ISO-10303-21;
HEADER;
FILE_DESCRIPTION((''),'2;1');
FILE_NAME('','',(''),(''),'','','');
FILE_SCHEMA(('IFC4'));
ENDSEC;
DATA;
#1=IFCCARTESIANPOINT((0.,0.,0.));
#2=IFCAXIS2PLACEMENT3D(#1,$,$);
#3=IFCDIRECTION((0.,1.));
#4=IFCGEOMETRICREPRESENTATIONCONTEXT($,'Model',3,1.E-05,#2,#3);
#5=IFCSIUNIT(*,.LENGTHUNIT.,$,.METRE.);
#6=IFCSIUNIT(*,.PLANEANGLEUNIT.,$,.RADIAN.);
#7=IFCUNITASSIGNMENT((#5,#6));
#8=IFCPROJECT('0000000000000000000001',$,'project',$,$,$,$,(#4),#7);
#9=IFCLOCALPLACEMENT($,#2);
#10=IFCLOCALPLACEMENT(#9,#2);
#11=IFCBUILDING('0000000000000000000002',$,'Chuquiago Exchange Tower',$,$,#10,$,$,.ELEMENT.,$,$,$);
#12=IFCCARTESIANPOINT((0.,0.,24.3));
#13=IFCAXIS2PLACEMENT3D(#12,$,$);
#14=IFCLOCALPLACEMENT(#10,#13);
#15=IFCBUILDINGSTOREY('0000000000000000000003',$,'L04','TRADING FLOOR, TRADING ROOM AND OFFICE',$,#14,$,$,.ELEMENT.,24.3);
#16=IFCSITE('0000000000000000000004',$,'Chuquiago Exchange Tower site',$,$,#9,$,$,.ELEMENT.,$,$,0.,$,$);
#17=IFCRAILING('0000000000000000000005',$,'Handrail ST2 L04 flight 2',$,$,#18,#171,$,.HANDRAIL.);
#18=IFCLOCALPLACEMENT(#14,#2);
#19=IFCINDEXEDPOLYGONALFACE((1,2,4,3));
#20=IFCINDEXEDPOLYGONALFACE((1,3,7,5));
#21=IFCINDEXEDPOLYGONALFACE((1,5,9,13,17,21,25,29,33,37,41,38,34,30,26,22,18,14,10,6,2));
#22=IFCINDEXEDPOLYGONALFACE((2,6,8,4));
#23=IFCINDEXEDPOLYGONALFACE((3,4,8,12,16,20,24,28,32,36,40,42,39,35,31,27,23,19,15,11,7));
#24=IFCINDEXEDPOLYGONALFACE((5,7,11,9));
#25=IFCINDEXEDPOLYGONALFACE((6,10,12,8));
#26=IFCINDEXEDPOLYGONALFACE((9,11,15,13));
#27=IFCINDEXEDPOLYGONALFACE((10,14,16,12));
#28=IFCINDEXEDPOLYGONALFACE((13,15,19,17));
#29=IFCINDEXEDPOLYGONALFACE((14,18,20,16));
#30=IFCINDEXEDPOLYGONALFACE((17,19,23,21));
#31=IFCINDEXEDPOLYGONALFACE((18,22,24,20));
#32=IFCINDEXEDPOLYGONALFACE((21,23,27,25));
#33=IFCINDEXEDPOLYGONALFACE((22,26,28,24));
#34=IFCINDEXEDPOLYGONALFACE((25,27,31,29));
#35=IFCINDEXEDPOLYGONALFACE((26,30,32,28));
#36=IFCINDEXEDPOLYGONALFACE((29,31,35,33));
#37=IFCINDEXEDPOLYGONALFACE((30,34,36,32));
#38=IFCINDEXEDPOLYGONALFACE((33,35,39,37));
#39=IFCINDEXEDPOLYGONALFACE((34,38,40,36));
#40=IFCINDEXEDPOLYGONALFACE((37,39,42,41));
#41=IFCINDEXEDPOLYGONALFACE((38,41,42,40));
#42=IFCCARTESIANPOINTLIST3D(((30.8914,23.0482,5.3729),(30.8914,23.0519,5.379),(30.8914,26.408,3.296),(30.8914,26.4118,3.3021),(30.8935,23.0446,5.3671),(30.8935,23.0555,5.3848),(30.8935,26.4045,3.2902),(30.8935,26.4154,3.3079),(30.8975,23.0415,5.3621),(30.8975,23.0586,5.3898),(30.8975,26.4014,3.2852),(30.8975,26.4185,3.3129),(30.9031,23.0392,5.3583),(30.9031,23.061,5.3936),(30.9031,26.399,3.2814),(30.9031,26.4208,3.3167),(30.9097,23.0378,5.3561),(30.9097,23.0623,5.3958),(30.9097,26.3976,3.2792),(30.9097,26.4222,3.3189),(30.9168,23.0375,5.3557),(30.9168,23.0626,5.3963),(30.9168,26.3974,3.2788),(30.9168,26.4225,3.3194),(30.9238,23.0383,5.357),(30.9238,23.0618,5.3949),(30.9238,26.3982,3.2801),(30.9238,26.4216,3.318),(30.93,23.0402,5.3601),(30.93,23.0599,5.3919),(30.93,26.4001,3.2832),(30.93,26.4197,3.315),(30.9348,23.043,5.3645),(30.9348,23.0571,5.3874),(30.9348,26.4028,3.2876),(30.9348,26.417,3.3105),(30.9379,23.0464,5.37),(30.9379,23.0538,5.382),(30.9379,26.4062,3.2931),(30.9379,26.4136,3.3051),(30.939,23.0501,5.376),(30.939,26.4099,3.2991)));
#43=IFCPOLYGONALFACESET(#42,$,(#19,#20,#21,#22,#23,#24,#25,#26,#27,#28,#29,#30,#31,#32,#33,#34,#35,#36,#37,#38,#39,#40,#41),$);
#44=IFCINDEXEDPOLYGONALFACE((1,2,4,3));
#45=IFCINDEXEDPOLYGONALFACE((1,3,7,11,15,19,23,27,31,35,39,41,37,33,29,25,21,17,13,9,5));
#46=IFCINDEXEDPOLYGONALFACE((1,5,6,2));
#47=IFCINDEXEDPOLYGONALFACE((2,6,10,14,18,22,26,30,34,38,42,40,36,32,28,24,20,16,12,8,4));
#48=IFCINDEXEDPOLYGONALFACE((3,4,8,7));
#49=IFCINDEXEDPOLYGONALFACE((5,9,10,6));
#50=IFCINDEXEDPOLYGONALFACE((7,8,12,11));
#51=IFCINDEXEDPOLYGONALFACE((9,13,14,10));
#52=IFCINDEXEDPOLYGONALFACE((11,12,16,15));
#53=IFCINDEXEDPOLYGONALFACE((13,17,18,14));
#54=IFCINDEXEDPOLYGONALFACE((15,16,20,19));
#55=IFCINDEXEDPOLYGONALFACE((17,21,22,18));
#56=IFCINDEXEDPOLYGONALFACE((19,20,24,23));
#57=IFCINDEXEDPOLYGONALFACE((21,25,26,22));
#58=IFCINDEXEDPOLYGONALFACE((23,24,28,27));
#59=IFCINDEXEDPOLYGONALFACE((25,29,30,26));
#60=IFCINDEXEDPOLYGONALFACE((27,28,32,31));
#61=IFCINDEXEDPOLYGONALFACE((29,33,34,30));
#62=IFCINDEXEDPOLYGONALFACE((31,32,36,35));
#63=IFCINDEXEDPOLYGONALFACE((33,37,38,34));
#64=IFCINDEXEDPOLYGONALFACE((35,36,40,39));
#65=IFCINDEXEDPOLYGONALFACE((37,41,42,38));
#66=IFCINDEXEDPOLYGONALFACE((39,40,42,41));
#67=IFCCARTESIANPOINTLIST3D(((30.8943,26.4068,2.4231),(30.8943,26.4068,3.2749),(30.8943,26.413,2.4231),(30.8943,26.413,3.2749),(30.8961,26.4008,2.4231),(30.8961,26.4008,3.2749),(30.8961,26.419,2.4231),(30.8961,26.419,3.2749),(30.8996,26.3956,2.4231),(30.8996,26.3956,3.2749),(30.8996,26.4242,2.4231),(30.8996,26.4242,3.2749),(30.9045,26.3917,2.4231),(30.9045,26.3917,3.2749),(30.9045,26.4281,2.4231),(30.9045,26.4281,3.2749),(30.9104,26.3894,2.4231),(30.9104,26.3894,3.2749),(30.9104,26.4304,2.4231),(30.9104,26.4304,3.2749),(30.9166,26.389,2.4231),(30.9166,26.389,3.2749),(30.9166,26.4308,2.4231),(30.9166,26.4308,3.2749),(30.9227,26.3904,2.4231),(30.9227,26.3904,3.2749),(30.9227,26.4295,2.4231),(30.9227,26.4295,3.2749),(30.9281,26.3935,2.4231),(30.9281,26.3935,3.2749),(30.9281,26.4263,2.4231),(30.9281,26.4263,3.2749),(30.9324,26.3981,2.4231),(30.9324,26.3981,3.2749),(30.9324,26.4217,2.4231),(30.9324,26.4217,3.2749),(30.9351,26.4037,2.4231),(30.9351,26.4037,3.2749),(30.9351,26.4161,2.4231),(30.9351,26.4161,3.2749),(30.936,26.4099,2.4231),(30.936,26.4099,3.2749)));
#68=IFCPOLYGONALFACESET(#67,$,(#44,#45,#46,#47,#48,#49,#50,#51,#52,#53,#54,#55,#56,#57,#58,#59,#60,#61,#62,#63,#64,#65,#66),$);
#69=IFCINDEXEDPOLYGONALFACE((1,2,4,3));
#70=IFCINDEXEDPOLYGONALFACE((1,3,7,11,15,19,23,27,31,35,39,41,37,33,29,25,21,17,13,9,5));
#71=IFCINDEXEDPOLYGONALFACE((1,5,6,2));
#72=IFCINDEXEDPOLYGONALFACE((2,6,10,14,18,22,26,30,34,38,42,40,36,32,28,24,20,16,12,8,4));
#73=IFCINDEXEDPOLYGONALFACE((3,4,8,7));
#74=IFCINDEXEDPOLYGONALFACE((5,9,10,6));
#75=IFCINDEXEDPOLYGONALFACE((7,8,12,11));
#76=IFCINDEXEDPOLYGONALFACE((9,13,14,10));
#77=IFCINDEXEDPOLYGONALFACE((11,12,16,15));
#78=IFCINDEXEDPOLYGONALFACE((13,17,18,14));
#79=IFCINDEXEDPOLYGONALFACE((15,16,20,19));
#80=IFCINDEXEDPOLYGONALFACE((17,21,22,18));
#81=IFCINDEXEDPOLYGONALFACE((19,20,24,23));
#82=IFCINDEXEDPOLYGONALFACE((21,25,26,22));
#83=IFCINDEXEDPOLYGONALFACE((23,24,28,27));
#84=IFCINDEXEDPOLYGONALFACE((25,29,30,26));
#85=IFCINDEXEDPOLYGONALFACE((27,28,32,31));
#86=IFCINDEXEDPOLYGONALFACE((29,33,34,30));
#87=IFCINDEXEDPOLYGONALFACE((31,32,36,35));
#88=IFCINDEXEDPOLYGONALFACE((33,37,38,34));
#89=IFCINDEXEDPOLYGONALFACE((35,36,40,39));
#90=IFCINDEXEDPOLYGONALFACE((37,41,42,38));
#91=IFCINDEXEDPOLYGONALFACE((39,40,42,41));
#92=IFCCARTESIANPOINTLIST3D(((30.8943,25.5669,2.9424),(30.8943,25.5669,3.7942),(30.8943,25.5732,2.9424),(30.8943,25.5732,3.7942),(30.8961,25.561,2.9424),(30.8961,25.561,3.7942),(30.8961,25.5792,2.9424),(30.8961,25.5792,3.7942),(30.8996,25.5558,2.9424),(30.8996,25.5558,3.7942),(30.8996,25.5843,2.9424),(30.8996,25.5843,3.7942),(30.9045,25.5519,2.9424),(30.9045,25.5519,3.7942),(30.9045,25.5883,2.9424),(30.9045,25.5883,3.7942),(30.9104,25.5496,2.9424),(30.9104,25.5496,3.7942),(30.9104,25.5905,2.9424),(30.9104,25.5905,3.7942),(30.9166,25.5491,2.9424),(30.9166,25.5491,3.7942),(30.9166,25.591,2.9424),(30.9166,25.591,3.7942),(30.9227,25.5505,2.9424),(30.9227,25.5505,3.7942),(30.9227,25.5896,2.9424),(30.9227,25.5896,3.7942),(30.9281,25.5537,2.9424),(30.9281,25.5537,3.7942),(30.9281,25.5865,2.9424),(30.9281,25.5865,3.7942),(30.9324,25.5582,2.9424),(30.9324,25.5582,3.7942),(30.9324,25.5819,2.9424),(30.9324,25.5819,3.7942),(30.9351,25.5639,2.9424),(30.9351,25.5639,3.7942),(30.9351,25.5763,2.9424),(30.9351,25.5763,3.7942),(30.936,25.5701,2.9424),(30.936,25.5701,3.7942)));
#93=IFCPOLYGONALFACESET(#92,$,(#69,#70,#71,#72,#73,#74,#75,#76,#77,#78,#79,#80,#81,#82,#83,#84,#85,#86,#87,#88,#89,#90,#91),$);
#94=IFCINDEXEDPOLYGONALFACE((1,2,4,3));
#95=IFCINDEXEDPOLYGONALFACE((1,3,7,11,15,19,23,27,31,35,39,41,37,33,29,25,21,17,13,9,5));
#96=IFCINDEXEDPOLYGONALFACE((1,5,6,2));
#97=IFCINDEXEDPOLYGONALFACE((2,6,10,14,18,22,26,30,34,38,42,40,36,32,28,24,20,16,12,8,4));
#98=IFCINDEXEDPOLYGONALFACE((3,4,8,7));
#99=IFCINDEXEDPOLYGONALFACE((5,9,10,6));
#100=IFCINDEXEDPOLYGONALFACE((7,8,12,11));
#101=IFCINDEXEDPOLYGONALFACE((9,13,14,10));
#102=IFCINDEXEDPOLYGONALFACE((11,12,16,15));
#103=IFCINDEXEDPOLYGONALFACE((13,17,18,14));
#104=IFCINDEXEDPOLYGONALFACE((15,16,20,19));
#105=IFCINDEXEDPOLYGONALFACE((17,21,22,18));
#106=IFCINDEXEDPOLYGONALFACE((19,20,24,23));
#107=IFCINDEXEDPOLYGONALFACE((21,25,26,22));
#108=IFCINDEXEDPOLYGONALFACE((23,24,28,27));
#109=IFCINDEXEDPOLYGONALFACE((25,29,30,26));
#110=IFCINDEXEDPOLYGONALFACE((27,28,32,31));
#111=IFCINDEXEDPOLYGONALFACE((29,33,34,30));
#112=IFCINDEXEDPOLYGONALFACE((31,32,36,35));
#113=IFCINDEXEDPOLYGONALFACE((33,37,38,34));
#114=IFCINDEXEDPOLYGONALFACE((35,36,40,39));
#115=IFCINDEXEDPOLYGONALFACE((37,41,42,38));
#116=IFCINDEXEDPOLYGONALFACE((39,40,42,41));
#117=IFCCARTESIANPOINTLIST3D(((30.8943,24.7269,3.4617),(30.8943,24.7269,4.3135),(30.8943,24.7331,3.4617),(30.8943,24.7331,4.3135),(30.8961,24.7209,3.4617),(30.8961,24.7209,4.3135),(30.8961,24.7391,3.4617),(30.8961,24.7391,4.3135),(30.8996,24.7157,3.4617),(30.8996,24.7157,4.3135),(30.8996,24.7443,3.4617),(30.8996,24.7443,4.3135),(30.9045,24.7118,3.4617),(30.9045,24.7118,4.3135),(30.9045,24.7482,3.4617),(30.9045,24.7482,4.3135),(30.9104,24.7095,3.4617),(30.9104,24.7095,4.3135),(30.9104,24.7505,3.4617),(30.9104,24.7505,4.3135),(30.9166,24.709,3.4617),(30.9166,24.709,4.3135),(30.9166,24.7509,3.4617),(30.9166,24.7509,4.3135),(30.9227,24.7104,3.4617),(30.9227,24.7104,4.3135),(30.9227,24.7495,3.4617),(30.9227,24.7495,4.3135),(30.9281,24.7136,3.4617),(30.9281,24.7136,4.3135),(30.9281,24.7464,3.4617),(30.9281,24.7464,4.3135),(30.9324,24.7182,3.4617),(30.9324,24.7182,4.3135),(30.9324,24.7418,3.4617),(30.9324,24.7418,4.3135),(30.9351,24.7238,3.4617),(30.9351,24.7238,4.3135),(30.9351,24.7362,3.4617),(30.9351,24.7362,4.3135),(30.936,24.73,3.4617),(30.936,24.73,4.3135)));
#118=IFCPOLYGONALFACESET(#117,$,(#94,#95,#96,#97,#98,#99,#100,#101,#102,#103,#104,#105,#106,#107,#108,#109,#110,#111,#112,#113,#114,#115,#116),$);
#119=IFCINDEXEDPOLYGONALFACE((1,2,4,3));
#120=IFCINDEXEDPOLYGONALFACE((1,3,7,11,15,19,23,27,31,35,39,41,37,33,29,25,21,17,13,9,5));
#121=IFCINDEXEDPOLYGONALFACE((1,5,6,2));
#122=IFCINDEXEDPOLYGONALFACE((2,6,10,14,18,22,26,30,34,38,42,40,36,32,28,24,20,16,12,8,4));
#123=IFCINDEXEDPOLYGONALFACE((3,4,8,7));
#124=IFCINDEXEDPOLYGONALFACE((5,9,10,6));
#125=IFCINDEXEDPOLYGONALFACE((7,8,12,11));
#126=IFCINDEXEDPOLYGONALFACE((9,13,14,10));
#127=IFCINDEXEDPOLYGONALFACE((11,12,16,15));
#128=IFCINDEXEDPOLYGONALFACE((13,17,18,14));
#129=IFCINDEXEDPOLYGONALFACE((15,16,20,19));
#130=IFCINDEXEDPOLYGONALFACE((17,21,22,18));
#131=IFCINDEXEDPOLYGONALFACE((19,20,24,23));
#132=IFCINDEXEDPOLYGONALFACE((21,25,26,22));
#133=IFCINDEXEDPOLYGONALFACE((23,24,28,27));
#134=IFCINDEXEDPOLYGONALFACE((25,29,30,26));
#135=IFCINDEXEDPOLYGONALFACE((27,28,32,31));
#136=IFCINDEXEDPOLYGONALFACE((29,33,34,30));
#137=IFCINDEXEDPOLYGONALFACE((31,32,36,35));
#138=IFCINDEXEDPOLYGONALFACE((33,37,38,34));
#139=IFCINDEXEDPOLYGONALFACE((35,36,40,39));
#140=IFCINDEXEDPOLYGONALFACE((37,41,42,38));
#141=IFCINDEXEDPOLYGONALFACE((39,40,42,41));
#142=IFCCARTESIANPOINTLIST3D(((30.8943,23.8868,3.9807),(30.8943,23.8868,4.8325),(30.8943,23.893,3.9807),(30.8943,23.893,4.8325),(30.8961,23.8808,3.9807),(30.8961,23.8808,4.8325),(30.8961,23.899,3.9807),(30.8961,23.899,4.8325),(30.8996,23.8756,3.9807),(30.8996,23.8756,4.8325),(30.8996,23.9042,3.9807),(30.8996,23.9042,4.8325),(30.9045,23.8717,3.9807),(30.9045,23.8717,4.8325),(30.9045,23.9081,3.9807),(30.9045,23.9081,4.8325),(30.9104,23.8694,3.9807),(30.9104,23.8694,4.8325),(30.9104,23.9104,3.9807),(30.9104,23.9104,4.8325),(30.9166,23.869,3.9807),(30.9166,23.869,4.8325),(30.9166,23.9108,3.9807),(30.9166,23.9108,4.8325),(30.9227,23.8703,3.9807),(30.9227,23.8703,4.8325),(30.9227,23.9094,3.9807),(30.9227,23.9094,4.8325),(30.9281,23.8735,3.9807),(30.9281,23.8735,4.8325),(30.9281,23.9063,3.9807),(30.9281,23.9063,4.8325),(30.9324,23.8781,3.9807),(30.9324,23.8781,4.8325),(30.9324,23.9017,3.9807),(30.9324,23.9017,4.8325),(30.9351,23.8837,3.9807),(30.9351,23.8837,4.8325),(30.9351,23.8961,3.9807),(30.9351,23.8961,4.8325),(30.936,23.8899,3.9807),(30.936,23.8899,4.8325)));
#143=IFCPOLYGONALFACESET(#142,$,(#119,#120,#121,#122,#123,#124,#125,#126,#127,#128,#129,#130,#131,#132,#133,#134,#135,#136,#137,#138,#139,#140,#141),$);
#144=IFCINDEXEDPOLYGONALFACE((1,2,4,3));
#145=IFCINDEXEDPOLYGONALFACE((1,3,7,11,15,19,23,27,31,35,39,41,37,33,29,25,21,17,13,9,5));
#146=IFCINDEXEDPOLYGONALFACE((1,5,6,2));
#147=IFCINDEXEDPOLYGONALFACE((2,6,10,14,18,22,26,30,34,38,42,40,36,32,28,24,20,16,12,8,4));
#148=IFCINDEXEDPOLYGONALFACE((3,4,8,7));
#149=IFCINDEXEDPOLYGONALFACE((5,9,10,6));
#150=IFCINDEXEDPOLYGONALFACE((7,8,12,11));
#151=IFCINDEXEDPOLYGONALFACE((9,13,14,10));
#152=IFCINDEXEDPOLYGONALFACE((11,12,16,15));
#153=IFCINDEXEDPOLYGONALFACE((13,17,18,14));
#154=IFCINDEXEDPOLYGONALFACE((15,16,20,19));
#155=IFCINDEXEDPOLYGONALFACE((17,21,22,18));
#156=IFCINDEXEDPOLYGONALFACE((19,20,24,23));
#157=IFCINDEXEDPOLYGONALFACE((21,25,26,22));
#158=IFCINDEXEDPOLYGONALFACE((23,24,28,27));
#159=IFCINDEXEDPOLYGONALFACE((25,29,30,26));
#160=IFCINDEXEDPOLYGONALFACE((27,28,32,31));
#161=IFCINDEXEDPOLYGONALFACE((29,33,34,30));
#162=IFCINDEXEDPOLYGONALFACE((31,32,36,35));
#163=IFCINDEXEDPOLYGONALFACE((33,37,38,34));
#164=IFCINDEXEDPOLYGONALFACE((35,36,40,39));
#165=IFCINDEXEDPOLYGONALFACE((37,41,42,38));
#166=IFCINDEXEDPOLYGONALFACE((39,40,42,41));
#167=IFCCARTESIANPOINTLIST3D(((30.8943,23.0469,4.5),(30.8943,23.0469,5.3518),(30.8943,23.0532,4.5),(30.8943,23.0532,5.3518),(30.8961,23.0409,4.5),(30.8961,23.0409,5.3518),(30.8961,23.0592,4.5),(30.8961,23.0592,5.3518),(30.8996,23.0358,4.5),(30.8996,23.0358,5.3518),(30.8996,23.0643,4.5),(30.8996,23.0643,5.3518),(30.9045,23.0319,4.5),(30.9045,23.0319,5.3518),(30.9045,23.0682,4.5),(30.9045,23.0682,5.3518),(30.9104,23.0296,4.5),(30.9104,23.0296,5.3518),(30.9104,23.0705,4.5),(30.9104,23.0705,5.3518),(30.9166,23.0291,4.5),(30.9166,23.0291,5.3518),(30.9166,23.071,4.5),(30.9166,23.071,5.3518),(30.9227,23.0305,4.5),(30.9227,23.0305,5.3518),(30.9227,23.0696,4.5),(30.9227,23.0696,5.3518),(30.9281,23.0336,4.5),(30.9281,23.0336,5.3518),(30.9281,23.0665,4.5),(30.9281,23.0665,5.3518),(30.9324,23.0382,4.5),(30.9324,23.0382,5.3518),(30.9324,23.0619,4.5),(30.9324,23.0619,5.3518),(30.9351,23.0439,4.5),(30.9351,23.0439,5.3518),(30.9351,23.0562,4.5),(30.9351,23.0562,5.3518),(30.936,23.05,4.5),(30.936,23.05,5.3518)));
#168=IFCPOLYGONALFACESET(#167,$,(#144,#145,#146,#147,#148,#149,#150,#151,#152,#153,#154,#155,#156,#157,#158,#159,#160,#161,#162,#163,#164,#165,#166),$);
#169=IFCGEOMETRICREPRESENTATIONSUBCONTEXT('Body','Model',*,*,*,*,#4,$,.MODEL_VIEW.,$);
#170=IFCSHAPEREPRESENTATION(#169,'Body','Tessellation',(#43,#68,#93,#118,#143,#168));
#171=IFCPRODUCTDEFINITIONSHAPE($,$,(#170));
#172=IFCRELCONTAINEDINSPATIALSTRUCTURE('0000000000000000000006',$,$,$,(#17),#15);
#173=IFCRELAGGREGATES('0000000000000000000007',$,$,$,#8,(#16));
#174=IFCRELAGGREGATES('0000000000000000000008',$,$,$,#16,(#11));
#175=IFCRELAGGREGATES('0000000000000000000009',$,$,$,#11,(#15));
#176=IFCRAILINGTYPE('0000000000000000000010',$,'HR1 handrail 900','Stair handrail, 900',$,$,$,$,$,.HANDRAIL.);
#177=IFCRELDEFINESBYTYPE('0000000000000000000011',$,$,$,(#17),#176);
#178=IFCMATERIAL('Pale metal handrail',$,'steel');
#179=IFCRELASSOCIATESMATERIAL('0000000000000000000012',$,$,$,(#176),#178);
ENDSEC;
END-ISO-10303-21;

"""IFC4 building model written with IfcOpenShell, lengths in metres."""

from ifc_helpers import new_model, si_unit, direction, frame, origin, origin_2d, place, context, subcontext, project, spatial, circle, extrude, material, type_object, element, save


model = new_model("IFC4")

# Units and contexts
model_context = context("Model", 3, precision=1e-05, world=origin(), true_north=direction((0.0, 1.0)))
body_context = subcontext(model_context, "Body", "Model", "MODEL_VIEW")
ifc_project = project(units=[si_unit("LENGTHUNIT", "METRE"), si_unit("PLANEANGLEUNIT", "RADIAN")], contexts=[model_context])

# Site, building, storey
site_placement = place(None, origin())
site = spatial("IfcSite", under=ifc_project, at=site_placement, Name="Chuquiago Exchange Tower site", CompositionType="ELEMENT", RefElevation=0.0)
building_placement = place(site_placement, origin())
building = spatial("IfcBuilding", under=site, at=building_placement, Name="Chuquiago Exchange Tower", CompositionType="ELEMENT")
storey_placement = place(building_placement, frame((0.0, 0.0, 24.3)))
storey = spatial("IfcBuildingStorey", under=building, at=storey_placement, Name="L04", Description="TRADING FLOOR, TRADING ROOM AND OFFICE", CompositionType="ELEMENT", Elevation=24.3)

# Railing
ifc_material_1 = material(Name="Pale metal handrail", Category="steel")
railing_type_1 = type_object("IfcRailingType", Name="HR1 handrail 900", Description="Stair handrail, 900", PredefinedType="HANDRAIL", material=ifc_material_1)
for number, where, name in (
    (1, (30.915, 26.4099, 2.4231), "Handrail ST2 L04 flight 2"),
):
    element("IfcRailing", number, at=place(storey_placement, frame(where)), inside=storey, type_object=railing_type_1, Name=name, PredefinedType="HANDRAIL", context=body_context, shape_type="SweptSolid", body=[
        extrude(circle(Radius=0.0239, at=origin_2d()), frame((0.0, 0.0, 0.876), z_axis=(0.0, -0.850606, 0.525803), x_axis=(1.0, 0.0, 0.0)), (0.0, 0.0, 1.0), 3.95),
        extrude(circle(Radius=0.021, at=origin_2d()), origin(), (0.0, 0.0, 1.0), 0.8518),
        extrude(circle(Radius=0.021, at=origin_2d()), frame((0.0, -0.8398, 0.5193)), (0.0, 0.0, 1.0), 0.8518),
        extrude(circle(Radius=0.021, at=origin_2d()), frame((0.0, -1.6799, 1.0386)), (0.0, 0.0, 1.0), 0.8518),
        extrude(circle(Radius=0.021, at=origin_2d()), frame((0.0, -2.52, 1.5576)), (0.0, 0.0, 1.0), 0.8518),
        extrude(circle(Radius=0.021, at=origin_2d()), frame((0.0, -3.3599, 2.0769)), (0.0, 0.0, 1.0), 0.8518),
    ])

save(model, "model.ifc")
